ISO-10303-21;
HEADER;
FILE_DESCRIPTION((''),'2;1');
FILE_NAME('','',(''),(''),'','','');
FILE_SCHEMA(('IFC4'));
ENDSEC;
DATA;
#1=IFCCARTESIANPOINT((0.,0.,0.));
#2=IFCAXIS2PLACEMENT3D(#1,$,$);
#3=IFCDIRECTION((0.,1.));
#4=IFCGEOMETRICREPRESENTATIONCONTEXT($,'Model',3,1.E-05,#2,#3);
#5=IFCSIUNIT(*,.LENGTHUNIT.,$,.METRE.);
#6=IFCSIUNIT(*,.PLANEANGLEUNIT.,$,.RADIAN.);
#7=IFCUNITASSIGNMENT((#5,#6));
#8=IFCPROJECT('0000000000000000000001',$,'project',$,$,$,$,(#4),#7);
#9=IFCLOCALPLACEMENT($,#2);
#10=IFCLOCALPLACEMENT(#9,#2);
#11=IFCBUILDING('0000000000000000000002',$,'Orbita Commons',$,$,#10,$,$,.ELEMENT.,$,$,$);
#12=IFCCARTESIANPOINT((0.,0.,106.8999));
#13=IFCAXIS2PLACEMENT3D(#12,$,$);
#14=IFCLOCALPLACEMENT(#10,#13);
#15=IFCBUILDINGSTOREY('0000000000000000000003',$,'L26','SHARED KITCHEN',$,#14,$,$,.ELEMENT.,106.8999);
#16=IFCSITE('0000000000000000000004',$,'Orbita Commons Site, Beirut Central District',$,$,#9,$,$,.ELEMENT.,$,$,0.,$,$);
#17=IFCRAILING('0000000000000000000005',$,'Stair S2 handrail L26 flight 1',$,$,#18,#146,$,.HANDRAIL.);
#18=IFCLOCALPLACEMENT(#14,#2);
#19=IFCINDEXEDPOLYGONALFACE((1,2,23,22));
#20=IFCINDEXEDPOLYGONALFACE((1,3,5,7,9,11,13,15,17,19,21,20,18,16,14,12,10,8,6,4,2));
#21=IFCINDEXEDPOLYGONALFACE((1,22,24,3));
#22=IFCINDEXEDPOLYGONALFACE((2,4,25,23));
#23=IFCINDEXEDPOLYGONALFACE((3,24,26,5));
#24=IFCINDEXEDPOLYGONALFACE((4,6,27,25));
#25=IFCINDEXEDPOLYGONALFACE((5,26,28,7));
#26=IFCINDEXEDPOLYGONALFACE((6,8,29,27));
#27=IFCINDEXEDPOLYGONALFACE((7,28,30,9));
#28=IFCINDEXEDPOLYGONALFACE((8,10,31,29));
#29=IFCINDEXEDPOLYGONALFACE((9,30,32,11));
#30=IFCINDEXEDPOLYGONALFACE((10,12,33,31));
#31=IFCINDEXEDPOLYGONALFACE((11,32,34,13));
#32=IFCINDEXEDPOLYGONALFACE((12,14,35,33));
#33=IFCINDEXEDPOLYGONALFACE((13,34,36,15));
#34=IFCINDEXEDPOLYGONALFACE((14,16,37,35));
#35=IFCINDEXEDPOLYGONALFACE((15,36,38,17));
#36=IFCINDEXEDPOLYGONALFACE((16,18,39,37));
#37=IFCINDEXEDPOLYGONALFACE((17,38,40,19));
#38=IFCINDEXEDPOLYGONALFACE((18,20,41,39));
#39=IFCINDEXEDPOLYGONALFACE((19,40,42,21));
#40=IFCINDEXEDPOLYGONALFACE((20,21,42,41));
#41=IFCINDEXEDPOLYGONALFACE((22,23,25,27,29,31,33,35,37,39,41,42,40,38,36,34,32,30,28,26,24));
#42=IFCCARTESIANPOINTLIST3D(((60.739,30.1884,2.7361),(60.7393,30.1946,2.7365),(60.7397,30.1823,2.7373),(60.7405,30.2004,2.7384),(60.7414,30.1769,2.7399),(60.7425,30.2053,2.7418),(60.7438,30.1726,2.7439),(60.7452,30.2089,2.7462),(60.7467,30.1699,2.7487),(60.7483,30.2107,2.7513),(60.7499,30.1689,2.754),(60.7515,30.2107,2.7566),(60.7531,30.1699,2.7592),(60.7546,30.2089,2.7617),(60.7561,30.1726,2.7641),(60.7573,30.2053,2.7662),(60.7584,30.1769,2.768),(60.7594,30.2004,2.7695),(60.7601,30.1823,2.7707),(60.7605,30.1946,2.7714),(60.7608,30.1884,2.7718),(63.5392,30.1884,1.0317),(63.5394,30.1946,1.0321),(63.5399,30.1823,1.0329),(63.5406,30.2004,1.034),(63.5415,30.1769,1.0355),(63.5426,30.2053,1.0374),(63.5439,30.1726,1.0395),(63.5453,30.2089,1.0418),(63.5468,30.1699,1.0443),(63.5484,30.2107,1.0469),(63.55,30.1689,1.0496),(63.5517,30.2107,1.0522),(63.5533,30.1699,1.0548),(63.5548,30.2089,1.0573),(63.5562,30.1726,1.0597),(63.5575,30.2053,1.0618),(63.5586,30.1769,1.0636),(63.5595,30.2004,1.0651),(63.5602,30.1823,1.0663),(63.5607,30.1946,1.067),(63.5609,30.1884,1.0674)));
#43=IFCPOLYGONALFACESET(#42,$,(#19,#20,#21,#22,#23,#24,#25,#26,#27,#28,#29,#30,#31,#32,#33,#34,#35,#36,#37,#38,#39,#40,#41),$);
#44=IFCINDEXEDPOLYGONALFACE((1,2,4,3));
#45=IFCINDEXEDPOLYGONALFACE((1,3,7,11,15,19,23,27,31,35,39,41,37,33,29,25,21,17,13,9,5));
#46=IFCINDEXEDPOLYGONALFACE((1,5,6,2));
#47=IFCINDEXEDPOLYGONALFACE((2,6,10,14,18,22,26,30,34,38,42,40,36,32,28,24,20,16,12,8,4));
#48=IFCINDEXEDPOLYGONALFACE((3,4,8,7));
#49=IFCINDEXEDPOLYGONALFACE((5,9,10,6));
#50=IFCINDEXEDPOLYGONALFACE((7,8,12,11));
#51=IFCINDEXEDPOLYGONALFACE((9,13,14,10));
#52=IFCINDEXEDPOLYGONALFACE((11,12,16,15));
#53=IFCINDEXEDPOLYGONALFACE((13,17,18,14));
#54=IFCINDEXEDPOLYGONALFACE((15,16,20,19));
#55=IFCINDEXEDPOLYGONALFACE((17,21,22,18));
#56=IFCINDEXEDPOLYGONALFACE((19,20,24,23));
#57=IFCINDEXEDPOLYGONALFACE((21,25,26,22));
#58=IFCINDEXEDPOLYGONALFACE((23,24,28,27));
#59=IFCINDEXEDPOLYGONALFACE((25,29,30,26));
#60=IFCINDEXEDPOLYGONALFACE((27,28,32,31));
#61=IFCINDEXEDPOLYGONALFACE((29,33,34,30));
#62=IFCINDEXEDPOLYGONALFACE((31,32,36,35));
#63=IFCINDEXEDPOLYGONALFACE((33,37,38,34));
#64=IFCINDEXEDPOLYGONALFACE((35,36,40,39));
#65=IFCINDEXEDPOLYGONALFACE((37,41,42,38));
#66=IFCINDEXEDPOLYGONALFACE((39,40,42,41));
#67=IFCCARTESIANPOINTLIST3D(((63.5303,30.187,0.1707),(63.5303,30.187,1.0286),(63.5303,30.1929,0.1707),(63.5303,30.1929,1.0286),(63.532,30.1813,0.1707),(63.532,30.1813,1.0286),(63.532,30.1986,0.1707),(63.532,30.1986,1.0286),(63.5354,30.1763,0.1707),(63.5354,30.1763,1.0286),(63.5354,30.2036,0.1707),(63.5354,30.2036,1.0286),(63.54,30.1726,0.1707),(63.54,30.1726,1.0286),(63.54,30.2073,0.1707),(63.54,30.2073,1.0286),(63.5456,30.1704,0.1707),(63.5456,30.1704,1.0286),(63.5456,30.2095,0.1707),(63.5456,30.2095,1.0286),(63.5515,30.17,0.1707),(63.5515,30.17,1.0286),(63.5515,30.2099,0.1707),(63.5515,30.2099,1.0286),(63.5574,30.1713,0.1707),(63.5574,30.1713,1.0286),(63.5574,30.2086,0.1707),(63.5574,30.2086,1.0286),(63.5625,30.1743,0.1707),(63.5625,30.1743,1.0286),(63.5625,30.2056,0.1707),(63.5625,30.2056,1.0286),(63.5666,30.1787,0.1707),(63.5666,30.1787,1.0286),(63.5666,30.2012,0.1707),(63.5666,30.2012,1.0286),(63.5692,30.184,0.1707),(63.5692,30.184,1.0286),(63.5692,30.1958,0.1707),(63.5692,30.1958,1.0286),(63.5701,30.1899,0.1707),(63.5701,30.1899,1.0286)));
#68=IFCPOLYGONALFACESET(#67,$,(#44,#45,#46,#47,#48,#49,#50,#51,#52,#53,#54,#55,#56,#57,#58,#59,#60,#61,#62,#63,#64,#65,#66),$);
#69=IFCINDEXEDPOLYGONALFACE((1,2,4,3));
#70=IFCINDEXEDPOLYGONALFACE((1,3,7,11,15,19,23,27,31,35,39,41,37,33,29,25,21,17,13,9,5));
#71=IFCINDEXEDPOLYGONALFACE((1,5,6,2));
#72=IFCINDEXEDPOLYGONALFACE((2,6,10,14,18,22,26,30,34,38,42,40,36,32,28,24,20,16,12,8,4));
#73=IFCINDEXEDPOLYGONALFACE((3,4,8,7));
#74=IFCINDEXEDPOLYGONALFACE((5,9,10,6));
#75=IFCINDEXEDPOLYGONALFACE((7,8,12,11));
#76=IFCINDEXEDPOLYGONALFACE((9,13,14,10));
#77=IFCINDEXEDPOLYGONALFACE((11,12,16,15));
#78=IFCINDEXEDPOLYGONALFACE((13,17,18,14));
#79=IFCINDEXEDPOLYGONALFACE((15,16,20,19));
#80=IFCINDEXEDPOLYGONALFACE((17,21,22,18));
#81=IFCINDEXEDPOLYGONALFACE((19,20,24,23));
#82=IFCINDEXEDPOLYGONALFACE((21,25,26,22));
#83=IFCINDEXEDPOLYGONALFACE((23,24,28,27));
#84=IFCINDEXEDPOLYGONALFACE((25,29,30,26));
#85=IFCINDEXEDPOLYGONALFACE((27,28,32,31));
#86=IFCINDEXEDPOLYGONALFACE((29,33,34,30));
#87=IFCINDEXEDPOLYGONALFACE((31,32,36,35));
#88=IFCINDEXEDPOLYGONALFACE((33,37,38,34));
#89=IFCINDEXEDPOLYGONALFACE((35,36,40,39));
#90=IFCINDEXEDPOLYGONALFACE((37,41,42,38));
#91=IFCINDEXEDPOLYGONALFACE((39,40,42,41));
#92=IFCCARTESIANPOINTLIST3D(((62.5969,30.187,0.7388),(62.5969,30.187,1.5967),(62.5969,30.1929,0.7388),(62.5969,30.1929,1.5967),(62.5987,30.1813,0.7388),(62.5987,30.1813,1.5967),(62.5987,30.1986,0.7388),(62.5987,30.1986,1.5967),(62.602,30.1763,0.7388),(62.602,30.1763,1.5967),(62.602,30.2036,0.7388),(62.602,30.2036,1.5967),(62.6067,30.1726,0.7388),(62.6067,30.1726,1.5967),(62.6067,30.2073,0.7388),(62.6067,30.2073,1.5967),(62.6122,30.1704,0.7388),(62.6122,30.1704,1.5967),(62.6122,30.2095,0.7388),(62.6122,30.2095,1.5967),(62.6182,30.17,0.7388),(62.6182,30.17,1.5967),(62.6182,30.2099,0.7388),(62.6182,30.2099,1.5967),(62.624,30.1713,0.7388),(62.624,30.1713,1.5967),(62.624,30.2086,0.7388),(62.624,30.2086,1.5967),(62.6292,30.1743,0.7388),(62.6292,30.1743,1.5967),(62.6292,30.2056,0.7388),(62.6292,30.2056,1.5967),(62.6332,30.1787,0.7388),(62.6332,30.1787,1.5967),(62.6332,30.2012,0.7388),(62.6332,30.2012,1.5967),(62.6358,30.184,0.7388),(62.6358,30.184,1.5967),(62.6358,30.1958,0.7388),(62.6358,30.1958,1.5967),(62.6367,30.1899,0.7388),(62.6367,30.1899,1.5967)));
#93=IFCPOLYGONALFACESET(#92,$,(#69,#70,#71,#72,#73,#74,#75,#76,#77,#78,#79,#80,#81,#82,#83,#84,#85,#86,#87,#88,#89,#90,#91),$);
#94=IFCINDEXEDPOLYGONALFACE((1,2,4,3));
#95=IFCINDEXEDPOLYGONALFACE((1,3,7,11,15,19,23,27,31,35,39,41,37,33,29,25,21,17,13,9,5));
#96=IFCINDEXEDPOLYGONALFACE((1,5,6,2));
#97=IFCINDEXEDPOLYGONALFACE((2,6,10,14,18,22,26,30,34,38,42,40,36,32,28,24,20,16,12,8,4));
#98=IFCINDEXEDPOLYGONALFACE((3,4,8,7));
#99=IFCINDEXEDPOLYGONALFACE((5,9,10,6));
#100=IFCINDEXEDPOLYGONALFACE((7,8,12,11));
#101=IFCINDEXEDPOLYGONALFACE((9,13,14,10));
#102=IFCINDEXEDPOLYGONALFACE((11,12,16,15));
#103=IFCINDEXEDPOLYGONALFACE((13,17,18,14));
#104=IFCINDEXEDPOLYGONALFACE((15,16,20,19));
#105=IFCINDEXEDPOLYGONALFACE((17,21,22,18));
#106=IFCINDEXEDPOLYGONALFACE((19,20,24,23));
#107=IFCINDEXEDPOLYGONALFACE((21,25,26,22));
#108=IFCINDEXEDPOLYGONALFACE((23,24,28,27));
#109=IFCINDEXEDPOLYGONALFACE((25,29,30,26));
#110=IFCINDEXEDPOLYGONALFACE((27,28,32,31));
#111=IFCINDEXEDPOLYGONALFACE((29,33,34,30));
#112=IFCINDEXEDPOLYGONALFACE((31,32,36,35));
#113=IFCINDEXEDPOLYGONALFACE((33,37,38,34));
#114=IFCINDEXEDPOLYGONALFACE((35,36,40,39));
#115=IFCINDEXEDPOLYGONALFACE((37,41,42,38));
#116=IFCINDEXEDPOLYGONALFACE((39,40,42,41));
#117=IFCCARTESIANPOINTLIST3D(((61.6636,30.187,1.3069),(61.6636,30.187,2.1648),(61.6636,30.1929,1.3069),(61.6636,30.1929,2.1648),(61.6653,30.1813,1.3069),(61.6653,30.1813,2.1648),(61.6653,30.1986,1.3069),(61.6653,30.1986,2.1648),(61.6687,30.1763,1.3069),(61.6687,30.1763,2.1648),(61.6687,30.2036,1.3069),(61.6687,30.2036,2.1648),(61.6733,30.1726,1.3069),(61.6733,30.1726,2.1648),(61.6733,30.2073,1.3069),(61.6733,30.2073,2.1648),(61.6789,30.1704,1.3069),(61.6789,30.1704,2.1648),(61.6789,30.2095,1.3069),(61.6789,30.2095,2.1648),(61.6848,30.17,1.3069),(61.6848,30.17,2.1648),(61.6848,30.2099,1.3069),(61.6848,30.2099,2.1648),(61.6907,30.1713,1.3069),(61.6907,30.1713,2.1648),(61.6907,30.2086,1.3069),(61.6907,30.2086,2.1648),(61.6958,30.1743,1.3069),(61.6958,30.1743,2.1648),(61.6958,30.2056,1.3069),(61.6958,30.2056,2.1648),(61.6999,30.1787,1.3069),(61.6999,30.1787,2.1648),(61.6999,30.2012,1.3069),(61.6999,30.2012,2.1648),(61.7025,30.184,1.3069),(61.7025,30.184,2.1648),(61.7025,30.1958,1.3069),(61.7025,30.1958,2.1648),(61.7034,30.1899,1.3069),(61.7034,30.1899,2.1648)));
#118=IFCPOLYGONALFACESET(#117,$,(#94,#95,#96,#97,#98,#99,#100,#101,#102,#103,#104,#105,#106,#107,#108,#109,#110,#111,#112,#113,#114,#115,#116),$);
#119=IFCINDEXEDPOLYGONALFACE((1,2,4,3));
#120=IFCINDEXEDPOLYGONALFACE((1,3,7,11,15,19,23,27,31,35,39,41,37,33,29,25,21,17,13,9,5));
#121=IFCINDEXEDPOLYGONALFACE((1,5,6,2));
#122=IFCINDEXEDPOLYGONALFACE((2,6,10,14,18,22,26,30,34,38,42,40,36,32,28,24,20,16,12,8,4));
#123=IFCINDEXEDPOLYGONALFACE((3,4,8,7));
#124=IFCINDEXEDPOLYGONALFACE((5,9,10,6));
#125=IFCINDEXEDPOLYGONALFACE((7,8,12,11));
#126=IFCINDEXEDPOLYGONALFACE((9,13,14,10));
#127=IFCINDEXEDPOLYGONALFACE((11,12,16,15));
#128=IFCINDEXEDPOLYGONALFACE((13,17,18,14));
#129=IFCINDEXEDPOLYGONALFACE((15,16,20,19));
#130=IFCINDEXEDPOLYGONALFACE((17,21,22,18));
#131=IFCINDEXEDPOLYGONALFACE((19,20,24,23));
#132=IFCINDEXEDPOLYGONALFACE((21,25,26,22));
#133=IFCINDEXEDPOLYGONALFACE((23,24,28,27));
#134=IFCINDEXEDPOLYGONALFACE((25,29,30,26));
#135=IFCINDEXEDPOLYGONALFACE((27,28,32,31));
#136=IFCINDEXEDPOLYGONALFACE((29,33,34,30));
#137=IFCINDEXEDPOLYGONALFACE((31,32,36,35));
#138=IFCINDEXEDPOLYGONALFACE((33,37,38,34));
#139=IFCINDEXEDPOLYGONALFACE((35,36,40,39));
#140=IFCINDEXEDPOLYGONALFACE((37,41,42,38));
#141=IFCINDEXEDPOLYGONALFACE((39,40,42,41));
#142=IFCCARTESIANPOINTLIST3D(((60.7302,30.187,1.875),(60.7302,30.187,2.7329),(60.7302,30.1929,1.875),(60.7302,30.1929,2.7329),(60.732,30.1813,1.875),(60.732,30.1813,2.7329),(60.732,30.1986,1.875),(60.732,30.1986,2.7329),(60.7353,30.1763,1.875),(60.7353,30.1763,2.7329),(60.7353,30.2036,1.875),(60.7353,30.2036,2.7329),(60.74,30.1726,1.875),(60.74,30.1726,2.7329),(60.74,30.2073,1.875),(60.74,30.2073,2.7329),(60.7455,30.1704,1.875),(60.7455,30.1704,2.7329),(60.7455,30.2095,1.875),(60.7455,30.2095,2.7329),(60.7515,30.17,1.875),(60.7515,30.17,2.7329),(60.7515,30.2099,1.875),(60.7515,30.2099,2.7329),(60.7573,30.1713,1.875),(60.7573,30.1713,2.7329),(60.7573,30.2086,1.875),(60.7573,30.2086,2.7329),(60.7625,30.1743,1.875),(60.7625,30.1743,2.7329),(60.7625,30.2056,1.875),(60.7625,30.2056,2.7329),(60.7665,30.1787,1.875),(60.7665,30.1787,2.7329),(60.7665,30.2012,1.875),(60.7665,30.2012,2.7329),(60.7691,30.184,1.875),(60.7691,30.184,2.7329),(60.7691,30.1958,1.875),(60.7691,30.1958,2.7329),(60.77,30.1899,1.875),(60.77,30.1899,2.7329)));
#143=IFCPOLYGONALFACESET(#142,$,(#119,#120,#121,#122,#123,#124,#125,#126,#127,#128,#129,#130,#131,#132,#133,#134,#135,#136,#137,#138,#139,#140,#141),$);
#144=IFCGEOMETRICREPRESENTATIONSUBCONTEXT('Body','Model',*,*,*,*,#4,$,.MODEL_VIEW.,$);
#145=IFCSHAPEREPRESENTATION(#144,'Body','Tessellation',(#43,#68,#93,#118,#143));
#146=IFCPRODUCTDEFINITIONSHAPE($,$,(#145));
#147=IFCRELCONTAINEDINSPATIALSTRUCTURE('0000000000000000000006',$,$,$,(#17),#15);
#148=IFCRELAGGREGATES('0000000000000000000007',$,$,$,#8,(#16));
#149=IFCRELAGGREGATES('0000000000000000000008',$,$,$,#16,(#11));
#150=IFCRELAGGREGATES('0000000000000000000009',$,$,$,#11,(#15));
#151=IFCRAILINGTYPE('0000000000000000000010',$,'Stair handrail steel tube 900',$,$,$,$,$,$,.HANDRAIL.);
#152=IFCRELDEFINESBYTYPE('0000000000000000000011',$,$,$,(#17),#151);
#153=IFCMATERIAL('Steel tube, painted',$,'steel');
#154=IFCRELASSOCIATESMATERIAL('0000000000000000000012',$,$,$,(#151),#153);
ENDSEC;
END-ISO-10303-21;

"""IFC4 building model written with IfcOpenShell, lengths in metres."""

from ifc_helpers import new_model, si_unit, direction, frame, origin, origin_2d, place, context, subcontext, project, spatial, circle, extrude, material, type_object, element, save


model = new_model("IFC4")

# Units and contexts
model_context = context("Model", 3, precision=1e-05, world=origin(), true_north=direction((0.0, 1.0)))
body_context = subcontext(model_context, "Body", "Model", "MODEL_VIEW")
ifc_project = project(units=[si_unit("LENGTHUNIT", "METRE"), si_unit("PLANEANGLEUNIT", "RADIAN")], contexts=[model_context])

# Site, building, storey
site_placement = place(None, origin())
site = spatial("IfcSite", under=ifc_project, at=site_placement, Name="Orbita Commons Site, Beirut Central District", CompositionType="ELEMENT", RefElevation=0.0)
building_placement = place(site_placement, origin())
building = spatial("IfcBuilding", under=site, at=building_placement, Name="Orbita Commons", CompositionType="ELEMENT")
storey_placement = place(building_placement, frame((0.0, 0.0, 106.8999)))
storey = spatial("IfcBuildingStorey", under=building, at=storey_placement, Name="L26", Description="SHARED KITCHEN", CompositionType="ELEMENT", Elevation=106.8999)

# Railing
ifc_material_1 = material(Name="Steel tube, painted", Category="steel")
railing_type = type_object("IfcRailingType", Name="Stair handrail steel tube 900", PredefinedType="HANDRAIL", material=ifc_material_1)
railing_placement = place(storey_placement, frame((63.55, 30.1899, 0.1707)))
element("IfcRailing", 1, at=railing_placement, inside=storey, type_object=railing_type, Name="Stair S2 handrail L26 flight 1", PredefinedType="HANDRAIL", context=body_context, shape_type="SweptSolid", body=[
    extrude(circle(Radius=0.021, at=origin_2d()), frame((0.0, 0.0, 0.8789), z_axis=(-0.854203, 0.0, 0.51994), x_axis=(0.0, -1.0, 0.0)), (0.0, 0.0, 1.0), 3.2781),
    extrude(circle(Radius=0.02, at=origin_2d()), origin(), (0.0, 0.0, 1.0), 0.8579),
    extrude(circle(Radius=0.02, at=origin_2d()), frame((-0.9333, 0.0, 0.5681)), (0.0, 0.0, 1.0), 0.8579),
    extrude(circle(Radius=0.02, at=origin_2d()), frame((-1.8667, 0.0, 1.1362)), (0.0, 0.0, 1.0), 0.8579),
    extrude(circle(Radius=0.02, at=origin_2d()), frame((-2.8, 0.0, 1.7043)), (0.0, 0.0, 1.0), 0.8579),
])

save(model, "model.ifc")
